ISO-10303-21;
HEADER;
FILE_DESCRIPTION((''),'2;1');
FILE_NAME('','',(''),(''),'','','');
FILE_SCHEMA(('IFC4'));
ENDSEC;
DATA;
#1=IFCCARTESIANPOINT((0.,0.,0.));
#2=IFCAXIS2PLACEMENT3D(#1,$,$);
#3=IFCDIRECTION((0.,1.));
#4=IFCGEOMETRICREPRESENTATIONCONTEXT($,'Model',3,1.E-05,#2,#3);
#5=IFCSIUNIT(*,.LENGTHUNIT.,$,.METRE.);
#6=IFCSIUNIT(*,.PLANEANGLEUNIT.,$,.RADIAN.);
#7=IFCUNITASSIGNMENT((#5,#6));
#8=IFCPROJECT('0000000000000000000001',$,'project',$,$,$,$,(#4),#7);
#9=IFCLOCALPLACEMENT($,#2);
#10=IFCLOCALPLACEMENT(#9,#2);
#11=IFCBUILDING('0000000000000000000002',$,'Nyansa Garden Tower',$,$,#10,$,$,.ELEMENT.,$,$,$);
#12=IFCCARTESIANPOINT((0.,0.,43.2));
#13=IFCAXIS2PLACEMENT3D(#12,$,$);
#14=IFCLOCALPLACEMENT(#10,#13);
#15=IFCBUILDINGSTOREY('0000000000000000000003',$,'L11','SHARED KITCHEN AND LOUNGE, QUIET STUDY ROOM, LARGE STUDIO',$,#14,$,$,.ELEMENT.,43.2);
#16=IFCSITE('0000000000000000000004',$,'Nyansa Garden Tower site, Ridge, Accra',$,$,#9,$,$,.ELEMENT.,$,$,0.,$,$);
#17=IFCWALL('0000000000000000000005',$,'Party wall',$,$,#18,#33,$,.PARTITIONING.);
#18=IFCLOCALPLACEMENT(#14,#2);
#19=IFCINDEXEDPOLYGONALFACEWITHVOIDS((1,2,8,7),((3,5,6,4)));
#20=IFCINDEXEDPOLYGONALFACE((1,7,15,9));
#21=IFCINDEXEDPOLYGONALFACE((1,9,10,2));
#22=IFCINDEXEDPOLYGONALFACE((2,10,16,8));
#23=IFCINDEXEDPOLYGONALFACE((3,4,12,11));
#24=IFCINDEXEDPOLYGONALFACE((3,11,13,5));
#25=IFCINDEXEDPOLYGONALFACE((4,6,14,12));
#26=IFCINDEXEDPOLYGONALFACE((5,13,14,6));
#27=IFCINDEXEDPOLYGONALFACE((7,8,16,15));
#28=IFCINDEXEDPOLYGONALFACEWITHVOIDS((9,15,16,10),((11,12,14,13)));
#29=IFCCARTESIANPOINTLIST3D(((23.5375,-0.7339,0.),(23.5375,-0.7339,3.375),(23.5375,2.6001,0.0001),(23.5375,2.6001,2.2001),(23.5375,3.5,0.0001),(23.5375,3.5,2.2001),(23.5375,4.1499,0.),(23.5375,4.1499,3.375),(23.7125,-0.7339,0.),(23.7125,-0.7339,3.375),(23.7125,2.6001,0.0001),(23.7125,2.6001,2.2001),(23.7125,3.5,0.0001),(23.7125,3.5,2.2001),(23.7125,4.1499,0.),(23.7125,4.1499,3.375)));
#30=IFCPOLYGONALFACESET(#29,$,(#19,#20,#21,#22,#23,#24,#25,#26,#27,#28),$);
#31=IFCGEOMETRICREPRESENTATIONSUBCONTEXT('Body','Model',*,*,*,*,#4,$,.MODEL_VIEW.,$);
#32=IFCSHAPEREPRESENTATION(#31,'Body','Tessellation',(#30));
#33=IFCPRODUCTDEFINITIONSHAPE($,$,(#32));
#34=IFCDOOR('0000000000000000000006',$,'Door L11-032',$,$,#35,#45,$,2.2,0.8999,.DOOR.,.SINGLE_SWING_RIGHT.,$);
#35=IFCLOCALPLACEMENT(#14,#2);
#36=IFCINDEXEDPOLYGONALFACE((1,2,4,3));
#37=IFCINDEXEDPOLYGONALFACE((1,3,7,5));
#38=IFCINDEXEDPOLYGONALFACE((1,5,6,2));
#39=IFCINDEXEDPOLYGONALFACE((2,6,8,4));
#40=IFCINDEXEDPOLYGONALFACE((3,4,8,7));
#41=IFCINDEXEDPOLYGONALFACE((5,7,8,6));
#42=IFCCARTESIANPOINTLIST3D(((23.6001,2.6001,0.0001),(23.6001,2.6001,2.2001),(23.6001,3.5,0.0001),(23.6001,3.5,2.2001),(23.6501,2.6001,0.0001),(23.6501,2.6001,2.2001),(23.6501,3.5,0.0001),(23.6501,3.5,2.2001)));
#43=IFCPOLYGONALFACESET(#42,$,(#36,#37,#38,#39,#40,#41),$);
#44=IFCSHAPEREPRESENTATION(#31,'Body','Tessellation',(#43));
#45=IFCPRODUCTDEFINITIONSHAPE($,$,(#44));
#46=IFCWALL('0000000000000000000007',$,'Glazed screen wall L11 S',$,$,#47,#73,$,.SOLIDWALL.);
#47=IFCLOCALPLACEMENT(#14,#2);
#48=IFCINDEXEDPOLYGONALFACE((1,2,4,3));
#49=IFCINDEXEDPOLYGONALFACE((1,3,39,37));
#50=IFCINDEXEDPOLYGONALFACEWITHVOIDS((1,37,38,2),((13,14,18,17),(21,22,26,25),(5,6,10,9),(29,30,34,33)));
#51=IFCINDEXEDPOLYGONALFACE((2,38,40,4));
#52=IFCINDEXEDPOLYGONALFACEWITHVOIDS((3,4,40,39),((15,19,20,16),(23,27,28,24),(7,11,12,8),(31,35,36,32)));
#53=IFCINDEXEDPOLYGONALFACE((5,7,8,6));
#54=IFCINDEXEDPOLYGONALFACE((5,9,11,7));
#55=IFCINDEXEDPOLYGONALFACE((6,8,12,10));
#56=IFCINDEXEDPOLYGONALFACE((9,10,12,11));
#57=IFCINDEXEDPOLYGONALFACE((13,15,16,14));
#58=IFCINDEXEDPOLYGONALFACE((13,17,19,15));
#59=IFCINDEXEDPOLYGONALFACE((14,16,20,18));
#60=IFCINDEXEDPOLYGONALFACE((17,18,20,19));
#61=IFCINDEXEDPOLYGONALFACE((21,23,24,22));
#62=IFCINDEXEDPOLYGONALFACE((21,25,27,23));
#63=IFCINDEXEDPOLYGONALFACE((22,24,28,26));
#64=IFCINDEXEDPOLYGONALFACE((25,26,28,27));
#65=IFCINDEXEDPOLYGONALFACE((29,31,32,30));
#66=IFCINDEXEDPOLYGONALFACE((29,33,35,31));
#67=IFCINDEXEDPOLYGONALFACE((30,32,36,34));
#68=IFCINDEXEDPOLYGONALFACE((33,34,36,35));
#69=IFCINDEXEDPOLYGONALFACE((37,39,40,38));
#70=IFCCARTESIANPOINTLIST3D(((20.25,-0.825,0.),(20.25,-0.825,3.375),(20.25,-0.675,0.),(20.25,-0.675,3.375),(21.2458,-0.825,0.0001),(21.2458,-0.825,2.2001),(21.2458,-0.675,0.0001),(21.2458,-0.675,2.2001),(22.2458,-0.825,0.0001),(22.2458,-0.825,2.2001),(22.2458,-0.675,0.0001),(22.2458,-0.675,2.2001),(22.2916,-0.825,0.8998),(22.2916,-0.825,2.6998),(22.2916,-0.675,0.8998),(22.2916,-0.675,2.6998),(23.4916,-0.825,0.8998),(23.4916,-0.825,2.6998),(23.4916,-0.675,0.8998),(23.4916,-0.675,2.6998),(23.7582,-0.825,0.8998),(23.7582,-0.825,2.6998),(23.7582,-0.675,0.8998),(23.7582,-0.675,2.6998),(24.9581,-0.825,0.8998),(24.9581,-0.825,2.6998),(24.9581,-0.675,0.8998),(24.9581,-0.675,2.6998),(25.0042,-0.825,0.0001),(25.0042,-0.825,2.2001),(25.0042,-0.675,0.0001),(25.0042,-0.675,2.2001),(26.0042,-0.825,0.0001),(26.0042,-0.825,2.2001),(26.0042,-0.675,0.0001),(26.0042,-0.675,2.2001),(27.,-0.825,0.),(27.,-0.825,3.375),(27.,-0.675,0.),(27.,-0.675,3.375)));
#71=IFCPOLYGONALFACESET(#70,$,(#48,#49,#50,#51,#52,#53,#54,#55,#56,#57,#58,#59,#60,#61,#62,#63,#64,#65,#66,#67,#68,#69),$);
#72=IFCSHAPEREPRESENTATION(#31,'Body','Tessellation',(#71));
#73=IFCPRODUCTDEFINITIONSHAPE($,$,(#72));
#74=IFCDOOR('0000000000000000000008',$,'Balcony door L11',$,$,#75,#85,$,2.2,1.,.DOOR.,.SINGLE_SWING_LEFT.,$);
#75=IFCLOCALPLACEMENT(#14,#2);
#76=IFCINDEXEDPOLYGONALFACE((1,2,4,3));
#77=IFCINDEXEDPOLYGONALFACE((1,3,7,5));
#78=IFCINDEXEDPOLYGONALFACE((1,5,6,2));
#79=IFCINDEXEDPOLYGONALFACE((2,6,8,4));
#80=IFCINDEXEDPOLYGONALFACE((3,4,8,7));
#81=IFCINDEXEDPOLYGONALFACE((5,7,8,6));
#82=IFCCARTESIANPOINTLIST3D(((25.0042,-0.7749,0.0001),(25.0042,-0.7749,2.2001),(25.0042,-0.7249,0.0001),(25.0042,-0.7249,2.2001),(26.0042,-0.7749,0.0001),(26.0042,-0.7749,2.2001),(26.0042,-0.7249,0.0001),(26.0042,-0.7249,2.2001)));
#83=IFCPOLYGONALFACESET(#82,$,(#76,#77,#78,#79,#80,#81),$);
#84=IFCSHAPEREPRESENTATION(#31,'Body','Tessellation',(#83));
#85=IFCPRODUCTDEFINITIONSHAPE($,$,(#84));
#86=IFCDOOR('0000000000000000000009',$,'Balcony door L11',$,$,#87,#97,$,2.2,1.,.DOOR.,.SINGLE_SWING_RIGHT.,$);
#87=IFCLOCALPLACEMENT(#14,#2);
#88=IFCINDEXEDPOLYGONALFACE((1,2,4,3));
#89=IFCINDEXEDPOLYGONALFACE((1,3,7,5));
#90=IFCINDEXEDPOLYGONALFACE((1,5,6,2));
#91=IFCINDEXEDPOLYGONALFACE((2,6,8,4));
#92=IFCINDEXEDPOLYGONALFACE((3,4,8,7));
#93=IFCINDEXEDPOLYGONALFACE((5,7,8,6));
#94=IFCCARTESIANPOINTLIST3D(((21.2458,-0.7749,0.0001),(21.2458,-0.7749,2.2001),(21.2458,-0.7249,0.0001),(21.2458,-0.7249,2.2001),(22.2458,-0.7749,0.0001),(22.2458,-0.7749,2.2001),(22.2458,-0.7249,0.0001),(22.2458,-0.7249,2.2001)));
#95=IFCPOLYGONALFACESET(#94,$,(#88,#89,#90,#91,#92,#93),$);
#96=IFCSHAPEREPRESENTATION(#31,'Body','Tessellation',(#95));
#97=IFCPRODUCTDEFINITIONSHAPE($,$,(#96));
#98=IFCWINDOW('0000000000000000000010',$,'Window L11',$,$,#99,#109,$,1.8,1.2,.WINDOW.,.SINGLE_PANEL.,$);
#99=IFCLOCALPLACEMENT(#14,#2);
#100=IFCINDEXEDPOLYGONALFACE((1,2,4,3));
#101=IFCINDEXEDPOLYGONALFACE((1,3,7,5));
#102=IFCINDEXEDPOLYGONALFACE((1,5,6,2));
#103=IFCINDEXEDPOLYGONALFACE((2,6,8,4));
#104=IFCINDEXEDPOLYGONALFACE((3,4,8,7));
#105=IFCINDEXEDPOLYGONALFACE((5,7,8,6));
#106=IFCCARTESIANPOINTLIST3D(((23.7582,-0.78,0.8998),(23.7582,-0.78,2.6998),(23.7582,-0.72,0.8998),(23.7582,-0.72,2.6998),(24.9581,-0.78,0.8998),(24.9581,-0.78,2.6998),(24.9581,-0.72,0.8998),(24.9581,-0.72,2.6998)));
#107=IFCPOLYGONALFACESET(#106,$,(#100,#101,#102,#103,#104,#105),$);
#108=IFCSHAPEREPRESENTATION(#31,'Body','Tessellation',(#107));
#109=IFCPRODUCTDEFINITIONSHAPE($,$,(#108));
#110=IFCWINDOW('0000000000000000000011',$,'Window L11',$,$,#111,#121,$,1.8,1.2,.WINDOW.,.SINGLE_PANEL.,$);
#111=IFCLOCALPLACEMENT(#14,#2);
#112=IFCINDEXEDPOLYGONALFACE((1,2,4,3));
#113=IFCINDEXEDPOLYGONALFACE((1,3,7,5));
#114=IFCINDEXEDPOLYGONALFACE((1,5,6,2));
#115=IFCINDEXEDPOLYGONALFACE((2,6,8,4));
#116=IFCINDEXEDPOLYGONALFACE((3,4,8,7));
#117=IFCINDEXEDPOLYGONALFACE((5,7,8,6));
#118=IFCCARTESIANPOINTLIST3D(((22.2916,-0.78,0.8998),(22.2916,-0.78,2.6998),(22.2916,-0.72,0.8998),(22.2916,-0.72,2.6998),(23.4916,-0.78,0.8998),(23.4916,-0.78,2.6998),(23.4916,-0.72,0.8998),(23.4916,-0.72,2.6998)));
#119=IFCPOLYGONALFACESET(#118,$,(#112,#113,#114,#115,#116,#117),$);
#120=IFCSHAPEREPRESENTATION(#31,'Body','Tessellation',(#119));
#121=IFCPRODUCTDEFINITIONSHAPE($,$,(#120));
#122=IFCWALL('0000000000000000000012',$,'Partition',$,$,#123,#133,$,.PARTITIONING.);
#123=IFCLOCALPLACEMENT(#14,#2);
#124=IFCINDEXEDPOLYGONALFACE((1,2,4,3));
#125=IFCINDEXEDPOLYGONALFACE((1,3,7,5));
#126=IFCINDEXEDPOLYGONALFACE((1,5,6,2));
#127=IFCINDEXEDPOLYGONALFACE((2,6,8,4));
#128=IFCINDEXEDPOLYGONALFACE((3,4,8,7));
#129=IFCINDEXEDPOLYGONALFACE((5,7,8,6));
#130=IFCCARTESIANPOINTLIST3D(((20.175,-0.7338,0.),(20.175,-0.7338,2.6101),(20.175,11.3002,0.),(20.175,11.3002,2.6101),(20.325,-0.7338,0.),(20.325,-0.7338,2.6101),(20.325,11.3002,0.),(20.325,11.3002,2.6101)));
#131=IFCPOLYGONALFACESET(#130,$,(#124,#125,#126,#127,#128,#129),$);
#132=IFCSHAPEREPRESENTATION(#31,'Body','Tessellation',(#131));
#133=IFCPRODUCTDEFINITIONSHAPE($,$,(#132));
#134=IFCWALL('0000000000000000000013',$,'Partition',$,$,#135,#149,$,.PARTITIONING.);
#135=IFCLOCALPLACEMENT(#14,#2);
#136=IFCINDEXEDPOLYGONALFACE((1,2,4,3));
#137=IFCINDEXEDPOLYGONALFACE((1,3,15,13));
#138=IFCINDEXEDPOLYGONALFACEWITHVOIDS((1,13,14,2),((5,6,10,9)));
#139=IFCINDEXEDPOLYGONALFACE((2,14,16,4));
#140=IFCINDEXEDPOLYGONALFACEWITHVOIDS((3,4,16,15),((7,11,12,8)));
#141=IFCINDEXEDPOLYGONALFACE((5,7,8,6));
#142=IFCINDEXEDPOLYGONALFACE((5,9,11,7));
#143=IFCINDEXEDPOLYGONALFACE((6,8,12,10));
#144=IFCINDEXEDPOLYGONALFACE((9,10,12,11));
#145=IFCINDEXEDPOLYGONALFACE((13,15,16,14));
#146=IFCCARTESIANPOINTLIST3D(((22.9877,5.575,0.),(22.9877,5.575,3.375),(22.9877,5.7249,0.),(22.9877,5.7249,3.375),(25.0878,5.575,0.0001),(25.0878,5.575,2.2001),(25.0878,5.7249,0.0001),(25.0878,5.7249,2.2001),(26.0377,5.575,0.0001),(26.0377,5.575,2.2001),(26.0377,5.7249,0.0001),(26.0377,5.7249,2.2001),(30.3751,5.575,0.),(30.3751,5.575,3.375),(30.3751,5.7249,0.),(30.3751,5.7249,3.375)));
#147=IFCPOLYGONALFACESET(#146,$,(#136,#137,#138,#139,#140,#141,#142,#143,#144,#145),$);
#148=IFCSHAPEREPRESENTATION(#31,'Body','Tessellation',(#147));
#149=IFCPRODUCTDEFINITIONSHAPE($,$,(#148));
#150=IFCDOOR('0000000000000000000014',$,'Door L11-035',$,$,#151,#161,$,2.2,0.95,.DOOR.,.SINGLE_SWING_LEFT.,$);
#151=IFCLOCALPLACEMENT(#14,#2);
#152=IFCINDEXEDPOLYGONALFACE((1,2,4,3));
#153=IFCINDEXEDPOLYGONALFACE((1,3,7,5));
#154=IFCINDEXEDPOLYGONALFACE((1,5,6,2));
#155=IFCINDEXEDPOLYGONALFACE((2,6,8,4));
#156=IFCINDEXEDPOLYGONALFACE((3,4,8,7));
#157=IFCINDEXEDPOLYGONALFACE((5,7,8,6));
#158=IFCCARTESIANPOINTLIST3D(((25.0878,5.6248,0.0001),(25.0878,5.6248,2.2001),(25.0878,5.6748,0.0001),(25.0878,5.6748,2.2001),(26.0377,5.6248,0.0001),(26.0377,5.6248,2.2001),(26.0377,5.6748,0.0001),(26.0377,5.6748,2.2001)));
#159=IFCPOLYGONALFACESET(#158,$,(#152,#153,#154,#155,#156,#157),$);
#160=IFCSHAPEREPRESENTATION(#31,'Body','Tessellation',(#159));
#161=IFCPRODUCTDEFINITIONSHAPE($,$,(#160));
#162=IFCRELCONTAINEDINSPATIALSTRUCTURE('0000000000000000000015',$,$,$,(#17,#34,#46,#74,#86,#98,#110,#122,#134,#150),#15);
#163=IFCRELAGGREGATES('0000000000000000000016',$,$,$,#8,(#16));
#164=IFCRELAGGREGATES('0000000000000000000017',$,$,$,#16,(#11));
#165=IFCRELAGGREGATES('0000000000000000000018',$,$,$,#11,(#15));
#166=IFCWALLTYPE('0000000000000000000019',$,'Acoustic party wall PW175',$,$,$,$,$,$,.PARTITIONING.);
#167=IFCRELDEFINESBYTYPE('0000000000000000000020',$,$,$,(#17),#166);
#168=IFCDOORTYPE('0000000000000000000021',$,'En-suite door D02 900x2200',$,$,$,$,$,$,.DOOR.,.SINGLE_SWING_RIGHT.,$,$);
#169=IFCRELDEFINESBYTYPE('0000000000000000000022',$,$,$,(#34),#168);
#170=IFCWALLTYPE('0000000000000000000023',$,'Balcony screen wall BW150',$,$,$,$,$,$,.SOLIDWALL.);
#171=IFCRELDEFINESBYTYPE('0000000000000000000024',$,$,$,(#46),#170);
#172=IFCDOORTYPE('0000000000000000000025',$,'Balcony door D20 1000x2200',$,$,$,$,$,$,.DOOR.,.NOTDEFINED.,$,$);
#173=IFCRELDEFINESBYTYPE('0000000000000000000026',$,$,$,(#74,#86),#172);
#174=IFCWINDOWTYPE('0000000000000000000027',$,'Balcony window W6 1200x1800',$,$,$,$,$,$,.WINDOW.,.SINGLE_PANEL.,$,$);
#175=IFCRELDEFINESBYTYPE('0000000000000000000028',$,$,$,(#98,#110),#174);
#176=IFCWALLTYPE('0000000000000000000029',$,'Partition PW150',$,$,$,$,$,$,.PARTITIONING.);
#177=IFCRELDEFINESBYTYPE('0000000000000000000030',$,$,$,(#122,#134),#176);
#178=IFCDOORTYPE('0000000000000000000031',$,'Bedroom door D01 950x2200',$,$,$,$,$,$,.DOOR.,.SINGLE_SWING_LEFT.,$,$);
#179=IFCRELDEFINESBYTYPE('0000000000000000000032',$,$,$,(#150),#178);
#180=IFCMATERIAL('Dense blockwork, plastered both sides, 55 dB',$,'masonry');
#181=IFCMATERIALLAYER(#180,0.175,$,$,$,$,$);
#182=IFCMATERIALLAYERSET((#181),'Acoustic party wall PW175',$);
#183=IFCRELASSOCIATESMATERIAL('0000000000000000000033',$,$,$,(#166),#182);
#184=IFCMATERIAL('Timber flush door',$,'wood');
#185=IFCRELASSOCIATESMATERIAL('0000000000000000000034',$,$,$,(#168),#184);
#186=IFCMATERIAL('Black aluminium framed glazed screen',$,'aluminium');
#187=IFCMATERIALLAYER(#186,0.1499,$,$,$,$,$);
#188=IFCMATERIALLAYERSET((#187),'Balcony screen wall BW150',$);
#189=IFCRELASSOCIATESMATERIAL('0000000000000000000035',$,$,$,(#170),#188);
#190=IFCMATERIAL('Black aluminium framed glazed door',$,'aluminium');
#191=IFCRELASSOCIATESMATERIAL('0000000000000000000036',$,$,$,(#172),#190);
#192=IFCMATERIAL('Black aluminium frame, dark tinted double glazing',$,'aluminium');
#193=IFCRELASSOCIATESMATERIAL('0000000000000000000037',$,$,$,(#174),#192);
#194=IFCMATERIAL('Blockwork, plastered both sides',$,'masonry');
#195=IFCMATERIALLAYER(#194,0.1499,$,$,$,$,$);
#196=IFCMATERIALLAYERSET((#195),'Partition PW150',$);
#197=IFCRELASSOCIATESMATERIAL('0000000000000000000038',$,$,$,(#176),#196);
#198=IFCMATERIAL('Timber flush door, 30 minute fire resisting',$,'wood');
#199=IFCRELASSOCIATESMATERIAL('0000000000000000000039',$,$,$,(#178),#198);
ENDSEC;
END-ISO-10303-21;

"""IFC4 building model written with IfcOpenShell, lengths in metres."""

from ifc_helpers import new_model, si_unit, direction, frame, frame_2d, origin, place, context, subcontext, project, spatial, rectangle, extrude, material, layer, layer_set, type_object, element, fill, save


model = new_model("IFC4")

# Units and contexts
model_context = context("Model", 3, precision=1e-05, world=origin(), true_north=direction((0.0, 1.0)))
body_context = subcontext(model_context, "Body", "Model", "MODEL_VIEW")
ifc_project = project(units=[si_unit("LENGTHUNIT", "METRE"), si_unit("PLANEANGLEUNIT", "RADIAN")], contexts=[model_context])

# Site, building, storey
site_placement = place(None, origin())
site = spatial("IfcSite", under=ifc_project, at=site_placement, Name="Nyansa Garden Tower site, Ridge, Accra", CompositionType="ELEMENT", RefElevation=0.0)
building_placement = place(site_placement, origin())
building = spatial("IfcBuilding", under=site, at=building_placement, Name="Nyansa Garden Tower", CompositionType="ELEMENT")
storey_placement = place(building_placement, frame((0.0, 0.0, 43.2)))
storey = spatial("IfcBuildingStorey", under=building, at=storey_placement, Name="L11", Description="SHARED KITCHEN AND LOUNGE, QUIET STUDY ROOM, LARGE STUDIO", CompositionType="ELEMENT", Elevation=43.2)

# Wall, opening, door
ifc_material_1 = material(Name="Dense blockwork, plastered both sides, 55 dB", Category="masonry")
ifc_layer_1 = layer(ifc_material_1, 0.175)
ifc_layer_set_1 = layer_set([ifc_layer_1], Name="Acoustic party wall PW175")
wall_type_1 = type_object("IfcWallType", Name="Acoustic party wall PW175", PredefinedType="PARTITIONING", material=ifc_layer_set_1)
wall_1_placement = place(storey_placement, frame((23.625, -0.7339, 0.0), z_axis=(0.0, 0.0, 1.0), x_axis=(0.0, 1.0, 0.0)))
wall_1 = element("IfcWall", 1, at=wall_1_placement, inside=storey, type_object=wall_type_1, Name="Party wall", PredefinedType="PARTITIONING", context=body_context, shape_type="SweptSolid", body=[
    extrude(rectangle(XDim=4.8838, YDim=0.175, at=frame_2d((2.4419, 0.0))), origin(), (0.0, 0.0, 1.0), 3.375),
])
opening_1_placement = place(wall_1_placement, frame((3.334, 0.0, 0.0)))
opening_1 = element("IfcOpeningElement", 2, at=opening_1_placement, cuts=wall_1, PredefinedType="OPENING", context=body_context, shape_type="SweptSolid", body=[
    extrude(rectangle(XDim=0.8999, YDim=2.2, at=frame_2d((0.45, 1.1001))), frame((0.0, 0.0974, 0.0), z_axis=(0.0, -1.0, 0.0), x_axis=(1.0, 0.0, 0.0)), (0.0, 0.0, 1.0), 0.1951),
])
ifc_material_2 = material(Name="Timber flush door", Category="wood")
door_type_1 = type_object("IfcDoorType", Name="En-suite door D02 900x2200", OperationType="SINGLE_SWING_RIGHT", PredefinedType="DOOR", material=ifc_material_2)
door_1_placement = place(opening_1_placement, origin())
door_1 = element("IfcDoor", 3, at=door_1_placement, inside=storey, type_object=door_type_1, Name="Door L11-032", OperationType="SINGLE_SWING_RIGHT", OverallHeight=2.2, OverallWidth=0.8999, PredefinedType="DOOR", context=body_context, shape_type="SweptSolid", body=[
    extrude(rectangle(XDim=0.8999, YDim=2.2, at=frame_2d((0.45, 1.1001))), frame((0.0, 0.0249, 0.0), z_axis=(0.0, -1.0, 0.0), x_axis=(1.0, 0.0, 0.0)), (0.0, 0.0, 1.0), 0.05),
])
fill(opening_1, door_1)

# Wall, openings, doors, windows
ifc_material_3 = material(Name="Black aluminium framed glazed screen", Category="aluminium")
ifc_layer_2 = layer(ifc_material_3, 0.1499)
ifc_layer_set_2 = layer_set([ifc_layer_2], Name="Balcony screen wall BW150")
wall_type_2 = type_object("IfcWallType", Name="Balcony screen wall BW150", PredefinedType="SOLIDWALL", material=ifc_layer_set_2)
wall_2_placement = place(storey_placement, frame((27.0, -0.75, 0.0), z_axis=(0.0, 0.0, 1.0), x_axis=(-1.0, 0.0, 0.0)))
wall_2 = element("IfcWall", 4, at=wall_2_placement, inside=storey, type_object=wall_type_2, Name="Glazed screen wall L11 S", PredefinedType="SOLIDWALL", context=body_context, shape_type="SweptSolid", body=[
    extrude(rectangle(XDim=6.75, YDim=0.1499, at=frame_2d((3.375, 0.0))), origin(), (0.0, 0.0, 1.0), 3.375),
])
opening_2_placement = place(wall_2_placement, frame((0.9958, 0.0, 0.0)))
opening_2 = element("IfcOpeningElement", 5, at=opening_2_placement, cuts=wall_2, PredefinedType="OPENING", context=body_context, shape_type="SweptSolid", body=[
    extrude(rectangle(XDim=1.0, YDim=2.2, at=frame_2d((0.5, 1.1001))), frame((0.0, 0.085, 0.0), z_axis=(0.0, -1.0, 0.0), x_axis=(1.0, 0.0, 0.0)), (0.0, 0.0, 1.0), 0.1699),
])
opening_3_placement = place(wall_2_placement, frame((2.0417, 0.0, 0.8999)))
opening_3 = element("IfcOpeningElement", 6, at=opening_3_placement, cuts=wall_2, PredefinedType="OPENING", context=body_context, shape_type="SweptSolid", body=[
    extrude(rectangle(XDim=1.2, YDim=1.8, at=frame_2d((0.6001, 0.8999))), frame((0.0, 0.085, 0.0), z_axis=(0.0, -1.0, 0.0), x_axis=(1.0, 0.0, 0.0)), (0.0, 0.0, 1.0), 0.1699),
])
opening_4_placement = place(wall_2_placement, frame((4.7542, 0.0, 0.0)))
opening_4 = element("IfcOpeningElement", 7, at=opening_4_placement, cuts=wall_2, PredefinedType="OPENING", context=body_context, shape_type="SweptSolid", body=[
    extrude(rectangle(XDim=1.0, YDim=2.2, at=frame_2d((0.5, 1.1001))), frame((0.0, 0.085, 0.0), z_axis=(0.0, -1.0, 0.0), x_axis=(1.0, 0.0, 0.0)), (0.0, 0.0, 1.0), 0.1699),
])
opening_5_placement = place(wall_2_placement, frame((3.5083, 0.0, 0.8999)))
opening_5 = element("IfcOpeningElement", 8, at=opening_5_placement, cuts=wall_2, PredefinedType="OPENING", context=body_context, shape_type="SweptSolid", body=[
    extrude(rectangle(XDim=1.2, YDim=1.8, at=frame_2d((0.6001, 0.8999))), frame((0.0, 0.085, 0.0), z_axis=(0.0, -1.0, 0.0), x_axis=(1.0, 0.0, 0.0)), (0.0, 0.0, 1.0), 0.1699),
])
ifc_material_4 = material(Name="Black aluminium framed glazed door", Category="aluminium")
door_type_2 = type_object("IfcDoorType", Name="Balcony door D20 1000x2200", OperationType="NOTDEFINED", PredefinedType="DOOR", material=ifc_material_4)
door_2_placement = place(opening_2_placement, origin())
door_2 = element("IfcDoor", 9, at=door_2_placement, inside=storey, type_object=door_type_2, Name="Balcony door L11", OperationType="SINGLE_SWING_LEFT", OverallHeight=2.2, OverallWidth=1.0, PredefinedType="DOOR", context=body_context, shape_type="SweptSolid", body=[
    extrude(rectangle(XDim=1.0, YDim=2.2, at=frame_2d((0.5, 1.1001))), frame((0.0, 0.0249, 0.0), z_axis=(0.0, -1.0, 0.0), x_axis=(1.0, 0.0, 0.0)), (0.0, 0.0, 1.0), 0.05),
])
fill(opening_2, door_2)
door_3_placement = place(opening_4_placement, origin())
door_3 = element("IfcDoor", 10, at=door_3_placement, inside=storey, type_object=door_type_2, Name="Balcony door L11", OperationType="SINGLE_SWING_RIGHT", OverallHeight=2.2, OverallWidth=1.0, PredefinedType="DOOR", context=body_context, shape_type="SweptSolid", body=[
    extrude(rectangle(XDim=1.0, YDim=2.2, at=frame_2d((0.5, 1.1001))), frame((0.0, 0.0249, 0.0), z_axis=(0.0, -1.0, 0.0), x_axis=(1.0, 0.0, 0.0)), (0.0, 0.0, 1.0), 0.05),
])
fill(opening_4, door_3)
ifc_material_5 = material(Name="Black aluminium frame, dark tinted double glazing", Category="aluminium")
window_type = type_object("IfcWindowType", Name="Balcony window W6 1200x1800", PartitioningType="SINGLE_PANEL", PredefinedType="WINDOW", material=ifc_material_5)
window_1_placement = place(opening_3_placement, origin())
window_1 = element("IfcWindow", 11, at=window_1_placement, inside=storey, type_object=window_type, Name="Window L11", OverallHeight=1.8, OverallWidth=1.2, PartitioningType="SINGLE_PANEL", PredefinedType="WINDOW", context=body_context, shape_type="SweptSolid", body=[
    extrude(rectangle(XDim=1.2, YDim=1.8, at=frame_2d((0.6001, 0.8999))), frame((0.0, 0.03, 0.0), z_axis=(0.0, -1.0, 0.0), x_axis=(1.0, 0.0, 0.0)), (0.0, 0.0, 1.0), 0.0601),
])
fill(opening_3, window_1)
window_2_placement = place(opening_5_placement, origin())
window_2 = element("IfcWindow", 12, at=window_2_placement, inside=storey, type_object=window_type, Name="Window L11", OverallHeight=1.8, OverallWidth=1.2, PartitioningType="SINGLE_PANEL", PredefinedType="WINDOW", context=body_context, shape_type="SweptSolid", body=[
    extrude(rectangle(XDim=1.2, YDim=1.8, at=frame_2d((0.6001, 0.8999))), frame((0.0, 0.03, 0.0), z_axis=(0.0, -1.0, 0.0), x_axis=(1.0, 0.0, 0.0)), (0.0, 0.0, 1.0), 0.0601),
])
fill(opening_5, window_2)

# Wall
ifc_material_6 = material(Name="Blockwork, plastered both sides", Category="masonry")
ifc_layer_3 = layer(ifc_material_6, 0.1499)
ifc_layer_set_3 = layer_set([ifc_layer_3], Name="Partition PW150")
wall_type_3 = type_object("IfcWallType", Name="Partition PW150", PredefinedType="PARTITIONING", material=ifc_layer_set_3)
wall_3_placement = place(storey_placement, frame((20.25, -0.7339, 0.0), z_axis=(0.0, 0.0, 1.0), x_axis=(0.0, 1.0, 0.0)))
element("IfcWall", 13, at=wall_3_placement, inside=storey, type_object=wall_type_3, Name="Partition", PredefinedType="PARTITIONING", context=body_context, shape_type="SweptSolid", body=[
    extrude(rectangle(XDim=12.0339, YDim=0.1499, at=frame_2d((6.0171, 0.0))), origin(), (0.0, 0.0, 1.0), 2.6101),
])

# Wall, opening, door
wall_4_placement = place(storey_placement, frame((22.9875, 5.6499, 0.0), z_axis=(0.0, 0.0, 1.0), x_axis=(1.0, 0.0, 0.0)))
wall_4 = element("IfcWall", 14, at=wall_4_placement, inside=storey, type_object=wall_type_3, Name="Partition", PredefinedType="PARTITIONING", context=body_context, shape_type="SweptSolid", body=[
    extrude(rectangle(XDim=7.3875, YDim=0.1499, at=frame_2d((3.6938, 0.0))), origin(), (0.0, 0.0, 1.0), 3.375),
])
opening_6_placement = place(wall_4_placement, frame((2.1001, 0.0, 0.0)))
opening_6 = element("IfcOpeningElement", 15, at=opening_6_placement, cuts=wall_4, PredefinedType="OPENING", context=body_context, shape_type="SweptSolid", body=[
    extrude(rectangle(XDim=0.95, YDim=2.2, at=frame_2d((0.4751, 1.1001))), frame((0.0, 0.085, 0.0), z_axis=(0.0, -1.0, 0.0), x_axis=(1.0, 0.0, 0.0)), (0.0, 0.0, 1.0), 0.1699),
])
ifc_material_7 = material(Name="Timber flush door, 30 minute fire resisting", Category="wood")
door_type_3 = type_object("IfcDoorType", Name="Bedroom door D01 950x2200", OperationType="SINGLE_SWING_LEFT", PredefinedType="DOOR", material=ifc_material_7)
door_4_placement = place(opening_6_placement, origin())
door_4 = element("IfcDoor", 16, at=door_4_placement, inside=storey, type_object=door_type_3, Name="Door L11-035", OperationType="SINGLE_SWING_LEFT", OverallHeight=2.2, OverallWidth=0.95, PredefinedType="DOOR", context=body_context, shape_type="SweptSolid", body=[
    extrude(rectangle(XDim=0.95, YDim=2.2, at=frame_2d((0.4751, 1.1001))), frame((0.0, 0.0249, 0.0), z_axis=(0.0, -1.0, 0.0), x_axis=(1.0, 0.0, 0.0)), (0.0, 0.0, 1.0), 0.05),
])
fill(opening_6, door_4)

save(model, "model.ifc")
